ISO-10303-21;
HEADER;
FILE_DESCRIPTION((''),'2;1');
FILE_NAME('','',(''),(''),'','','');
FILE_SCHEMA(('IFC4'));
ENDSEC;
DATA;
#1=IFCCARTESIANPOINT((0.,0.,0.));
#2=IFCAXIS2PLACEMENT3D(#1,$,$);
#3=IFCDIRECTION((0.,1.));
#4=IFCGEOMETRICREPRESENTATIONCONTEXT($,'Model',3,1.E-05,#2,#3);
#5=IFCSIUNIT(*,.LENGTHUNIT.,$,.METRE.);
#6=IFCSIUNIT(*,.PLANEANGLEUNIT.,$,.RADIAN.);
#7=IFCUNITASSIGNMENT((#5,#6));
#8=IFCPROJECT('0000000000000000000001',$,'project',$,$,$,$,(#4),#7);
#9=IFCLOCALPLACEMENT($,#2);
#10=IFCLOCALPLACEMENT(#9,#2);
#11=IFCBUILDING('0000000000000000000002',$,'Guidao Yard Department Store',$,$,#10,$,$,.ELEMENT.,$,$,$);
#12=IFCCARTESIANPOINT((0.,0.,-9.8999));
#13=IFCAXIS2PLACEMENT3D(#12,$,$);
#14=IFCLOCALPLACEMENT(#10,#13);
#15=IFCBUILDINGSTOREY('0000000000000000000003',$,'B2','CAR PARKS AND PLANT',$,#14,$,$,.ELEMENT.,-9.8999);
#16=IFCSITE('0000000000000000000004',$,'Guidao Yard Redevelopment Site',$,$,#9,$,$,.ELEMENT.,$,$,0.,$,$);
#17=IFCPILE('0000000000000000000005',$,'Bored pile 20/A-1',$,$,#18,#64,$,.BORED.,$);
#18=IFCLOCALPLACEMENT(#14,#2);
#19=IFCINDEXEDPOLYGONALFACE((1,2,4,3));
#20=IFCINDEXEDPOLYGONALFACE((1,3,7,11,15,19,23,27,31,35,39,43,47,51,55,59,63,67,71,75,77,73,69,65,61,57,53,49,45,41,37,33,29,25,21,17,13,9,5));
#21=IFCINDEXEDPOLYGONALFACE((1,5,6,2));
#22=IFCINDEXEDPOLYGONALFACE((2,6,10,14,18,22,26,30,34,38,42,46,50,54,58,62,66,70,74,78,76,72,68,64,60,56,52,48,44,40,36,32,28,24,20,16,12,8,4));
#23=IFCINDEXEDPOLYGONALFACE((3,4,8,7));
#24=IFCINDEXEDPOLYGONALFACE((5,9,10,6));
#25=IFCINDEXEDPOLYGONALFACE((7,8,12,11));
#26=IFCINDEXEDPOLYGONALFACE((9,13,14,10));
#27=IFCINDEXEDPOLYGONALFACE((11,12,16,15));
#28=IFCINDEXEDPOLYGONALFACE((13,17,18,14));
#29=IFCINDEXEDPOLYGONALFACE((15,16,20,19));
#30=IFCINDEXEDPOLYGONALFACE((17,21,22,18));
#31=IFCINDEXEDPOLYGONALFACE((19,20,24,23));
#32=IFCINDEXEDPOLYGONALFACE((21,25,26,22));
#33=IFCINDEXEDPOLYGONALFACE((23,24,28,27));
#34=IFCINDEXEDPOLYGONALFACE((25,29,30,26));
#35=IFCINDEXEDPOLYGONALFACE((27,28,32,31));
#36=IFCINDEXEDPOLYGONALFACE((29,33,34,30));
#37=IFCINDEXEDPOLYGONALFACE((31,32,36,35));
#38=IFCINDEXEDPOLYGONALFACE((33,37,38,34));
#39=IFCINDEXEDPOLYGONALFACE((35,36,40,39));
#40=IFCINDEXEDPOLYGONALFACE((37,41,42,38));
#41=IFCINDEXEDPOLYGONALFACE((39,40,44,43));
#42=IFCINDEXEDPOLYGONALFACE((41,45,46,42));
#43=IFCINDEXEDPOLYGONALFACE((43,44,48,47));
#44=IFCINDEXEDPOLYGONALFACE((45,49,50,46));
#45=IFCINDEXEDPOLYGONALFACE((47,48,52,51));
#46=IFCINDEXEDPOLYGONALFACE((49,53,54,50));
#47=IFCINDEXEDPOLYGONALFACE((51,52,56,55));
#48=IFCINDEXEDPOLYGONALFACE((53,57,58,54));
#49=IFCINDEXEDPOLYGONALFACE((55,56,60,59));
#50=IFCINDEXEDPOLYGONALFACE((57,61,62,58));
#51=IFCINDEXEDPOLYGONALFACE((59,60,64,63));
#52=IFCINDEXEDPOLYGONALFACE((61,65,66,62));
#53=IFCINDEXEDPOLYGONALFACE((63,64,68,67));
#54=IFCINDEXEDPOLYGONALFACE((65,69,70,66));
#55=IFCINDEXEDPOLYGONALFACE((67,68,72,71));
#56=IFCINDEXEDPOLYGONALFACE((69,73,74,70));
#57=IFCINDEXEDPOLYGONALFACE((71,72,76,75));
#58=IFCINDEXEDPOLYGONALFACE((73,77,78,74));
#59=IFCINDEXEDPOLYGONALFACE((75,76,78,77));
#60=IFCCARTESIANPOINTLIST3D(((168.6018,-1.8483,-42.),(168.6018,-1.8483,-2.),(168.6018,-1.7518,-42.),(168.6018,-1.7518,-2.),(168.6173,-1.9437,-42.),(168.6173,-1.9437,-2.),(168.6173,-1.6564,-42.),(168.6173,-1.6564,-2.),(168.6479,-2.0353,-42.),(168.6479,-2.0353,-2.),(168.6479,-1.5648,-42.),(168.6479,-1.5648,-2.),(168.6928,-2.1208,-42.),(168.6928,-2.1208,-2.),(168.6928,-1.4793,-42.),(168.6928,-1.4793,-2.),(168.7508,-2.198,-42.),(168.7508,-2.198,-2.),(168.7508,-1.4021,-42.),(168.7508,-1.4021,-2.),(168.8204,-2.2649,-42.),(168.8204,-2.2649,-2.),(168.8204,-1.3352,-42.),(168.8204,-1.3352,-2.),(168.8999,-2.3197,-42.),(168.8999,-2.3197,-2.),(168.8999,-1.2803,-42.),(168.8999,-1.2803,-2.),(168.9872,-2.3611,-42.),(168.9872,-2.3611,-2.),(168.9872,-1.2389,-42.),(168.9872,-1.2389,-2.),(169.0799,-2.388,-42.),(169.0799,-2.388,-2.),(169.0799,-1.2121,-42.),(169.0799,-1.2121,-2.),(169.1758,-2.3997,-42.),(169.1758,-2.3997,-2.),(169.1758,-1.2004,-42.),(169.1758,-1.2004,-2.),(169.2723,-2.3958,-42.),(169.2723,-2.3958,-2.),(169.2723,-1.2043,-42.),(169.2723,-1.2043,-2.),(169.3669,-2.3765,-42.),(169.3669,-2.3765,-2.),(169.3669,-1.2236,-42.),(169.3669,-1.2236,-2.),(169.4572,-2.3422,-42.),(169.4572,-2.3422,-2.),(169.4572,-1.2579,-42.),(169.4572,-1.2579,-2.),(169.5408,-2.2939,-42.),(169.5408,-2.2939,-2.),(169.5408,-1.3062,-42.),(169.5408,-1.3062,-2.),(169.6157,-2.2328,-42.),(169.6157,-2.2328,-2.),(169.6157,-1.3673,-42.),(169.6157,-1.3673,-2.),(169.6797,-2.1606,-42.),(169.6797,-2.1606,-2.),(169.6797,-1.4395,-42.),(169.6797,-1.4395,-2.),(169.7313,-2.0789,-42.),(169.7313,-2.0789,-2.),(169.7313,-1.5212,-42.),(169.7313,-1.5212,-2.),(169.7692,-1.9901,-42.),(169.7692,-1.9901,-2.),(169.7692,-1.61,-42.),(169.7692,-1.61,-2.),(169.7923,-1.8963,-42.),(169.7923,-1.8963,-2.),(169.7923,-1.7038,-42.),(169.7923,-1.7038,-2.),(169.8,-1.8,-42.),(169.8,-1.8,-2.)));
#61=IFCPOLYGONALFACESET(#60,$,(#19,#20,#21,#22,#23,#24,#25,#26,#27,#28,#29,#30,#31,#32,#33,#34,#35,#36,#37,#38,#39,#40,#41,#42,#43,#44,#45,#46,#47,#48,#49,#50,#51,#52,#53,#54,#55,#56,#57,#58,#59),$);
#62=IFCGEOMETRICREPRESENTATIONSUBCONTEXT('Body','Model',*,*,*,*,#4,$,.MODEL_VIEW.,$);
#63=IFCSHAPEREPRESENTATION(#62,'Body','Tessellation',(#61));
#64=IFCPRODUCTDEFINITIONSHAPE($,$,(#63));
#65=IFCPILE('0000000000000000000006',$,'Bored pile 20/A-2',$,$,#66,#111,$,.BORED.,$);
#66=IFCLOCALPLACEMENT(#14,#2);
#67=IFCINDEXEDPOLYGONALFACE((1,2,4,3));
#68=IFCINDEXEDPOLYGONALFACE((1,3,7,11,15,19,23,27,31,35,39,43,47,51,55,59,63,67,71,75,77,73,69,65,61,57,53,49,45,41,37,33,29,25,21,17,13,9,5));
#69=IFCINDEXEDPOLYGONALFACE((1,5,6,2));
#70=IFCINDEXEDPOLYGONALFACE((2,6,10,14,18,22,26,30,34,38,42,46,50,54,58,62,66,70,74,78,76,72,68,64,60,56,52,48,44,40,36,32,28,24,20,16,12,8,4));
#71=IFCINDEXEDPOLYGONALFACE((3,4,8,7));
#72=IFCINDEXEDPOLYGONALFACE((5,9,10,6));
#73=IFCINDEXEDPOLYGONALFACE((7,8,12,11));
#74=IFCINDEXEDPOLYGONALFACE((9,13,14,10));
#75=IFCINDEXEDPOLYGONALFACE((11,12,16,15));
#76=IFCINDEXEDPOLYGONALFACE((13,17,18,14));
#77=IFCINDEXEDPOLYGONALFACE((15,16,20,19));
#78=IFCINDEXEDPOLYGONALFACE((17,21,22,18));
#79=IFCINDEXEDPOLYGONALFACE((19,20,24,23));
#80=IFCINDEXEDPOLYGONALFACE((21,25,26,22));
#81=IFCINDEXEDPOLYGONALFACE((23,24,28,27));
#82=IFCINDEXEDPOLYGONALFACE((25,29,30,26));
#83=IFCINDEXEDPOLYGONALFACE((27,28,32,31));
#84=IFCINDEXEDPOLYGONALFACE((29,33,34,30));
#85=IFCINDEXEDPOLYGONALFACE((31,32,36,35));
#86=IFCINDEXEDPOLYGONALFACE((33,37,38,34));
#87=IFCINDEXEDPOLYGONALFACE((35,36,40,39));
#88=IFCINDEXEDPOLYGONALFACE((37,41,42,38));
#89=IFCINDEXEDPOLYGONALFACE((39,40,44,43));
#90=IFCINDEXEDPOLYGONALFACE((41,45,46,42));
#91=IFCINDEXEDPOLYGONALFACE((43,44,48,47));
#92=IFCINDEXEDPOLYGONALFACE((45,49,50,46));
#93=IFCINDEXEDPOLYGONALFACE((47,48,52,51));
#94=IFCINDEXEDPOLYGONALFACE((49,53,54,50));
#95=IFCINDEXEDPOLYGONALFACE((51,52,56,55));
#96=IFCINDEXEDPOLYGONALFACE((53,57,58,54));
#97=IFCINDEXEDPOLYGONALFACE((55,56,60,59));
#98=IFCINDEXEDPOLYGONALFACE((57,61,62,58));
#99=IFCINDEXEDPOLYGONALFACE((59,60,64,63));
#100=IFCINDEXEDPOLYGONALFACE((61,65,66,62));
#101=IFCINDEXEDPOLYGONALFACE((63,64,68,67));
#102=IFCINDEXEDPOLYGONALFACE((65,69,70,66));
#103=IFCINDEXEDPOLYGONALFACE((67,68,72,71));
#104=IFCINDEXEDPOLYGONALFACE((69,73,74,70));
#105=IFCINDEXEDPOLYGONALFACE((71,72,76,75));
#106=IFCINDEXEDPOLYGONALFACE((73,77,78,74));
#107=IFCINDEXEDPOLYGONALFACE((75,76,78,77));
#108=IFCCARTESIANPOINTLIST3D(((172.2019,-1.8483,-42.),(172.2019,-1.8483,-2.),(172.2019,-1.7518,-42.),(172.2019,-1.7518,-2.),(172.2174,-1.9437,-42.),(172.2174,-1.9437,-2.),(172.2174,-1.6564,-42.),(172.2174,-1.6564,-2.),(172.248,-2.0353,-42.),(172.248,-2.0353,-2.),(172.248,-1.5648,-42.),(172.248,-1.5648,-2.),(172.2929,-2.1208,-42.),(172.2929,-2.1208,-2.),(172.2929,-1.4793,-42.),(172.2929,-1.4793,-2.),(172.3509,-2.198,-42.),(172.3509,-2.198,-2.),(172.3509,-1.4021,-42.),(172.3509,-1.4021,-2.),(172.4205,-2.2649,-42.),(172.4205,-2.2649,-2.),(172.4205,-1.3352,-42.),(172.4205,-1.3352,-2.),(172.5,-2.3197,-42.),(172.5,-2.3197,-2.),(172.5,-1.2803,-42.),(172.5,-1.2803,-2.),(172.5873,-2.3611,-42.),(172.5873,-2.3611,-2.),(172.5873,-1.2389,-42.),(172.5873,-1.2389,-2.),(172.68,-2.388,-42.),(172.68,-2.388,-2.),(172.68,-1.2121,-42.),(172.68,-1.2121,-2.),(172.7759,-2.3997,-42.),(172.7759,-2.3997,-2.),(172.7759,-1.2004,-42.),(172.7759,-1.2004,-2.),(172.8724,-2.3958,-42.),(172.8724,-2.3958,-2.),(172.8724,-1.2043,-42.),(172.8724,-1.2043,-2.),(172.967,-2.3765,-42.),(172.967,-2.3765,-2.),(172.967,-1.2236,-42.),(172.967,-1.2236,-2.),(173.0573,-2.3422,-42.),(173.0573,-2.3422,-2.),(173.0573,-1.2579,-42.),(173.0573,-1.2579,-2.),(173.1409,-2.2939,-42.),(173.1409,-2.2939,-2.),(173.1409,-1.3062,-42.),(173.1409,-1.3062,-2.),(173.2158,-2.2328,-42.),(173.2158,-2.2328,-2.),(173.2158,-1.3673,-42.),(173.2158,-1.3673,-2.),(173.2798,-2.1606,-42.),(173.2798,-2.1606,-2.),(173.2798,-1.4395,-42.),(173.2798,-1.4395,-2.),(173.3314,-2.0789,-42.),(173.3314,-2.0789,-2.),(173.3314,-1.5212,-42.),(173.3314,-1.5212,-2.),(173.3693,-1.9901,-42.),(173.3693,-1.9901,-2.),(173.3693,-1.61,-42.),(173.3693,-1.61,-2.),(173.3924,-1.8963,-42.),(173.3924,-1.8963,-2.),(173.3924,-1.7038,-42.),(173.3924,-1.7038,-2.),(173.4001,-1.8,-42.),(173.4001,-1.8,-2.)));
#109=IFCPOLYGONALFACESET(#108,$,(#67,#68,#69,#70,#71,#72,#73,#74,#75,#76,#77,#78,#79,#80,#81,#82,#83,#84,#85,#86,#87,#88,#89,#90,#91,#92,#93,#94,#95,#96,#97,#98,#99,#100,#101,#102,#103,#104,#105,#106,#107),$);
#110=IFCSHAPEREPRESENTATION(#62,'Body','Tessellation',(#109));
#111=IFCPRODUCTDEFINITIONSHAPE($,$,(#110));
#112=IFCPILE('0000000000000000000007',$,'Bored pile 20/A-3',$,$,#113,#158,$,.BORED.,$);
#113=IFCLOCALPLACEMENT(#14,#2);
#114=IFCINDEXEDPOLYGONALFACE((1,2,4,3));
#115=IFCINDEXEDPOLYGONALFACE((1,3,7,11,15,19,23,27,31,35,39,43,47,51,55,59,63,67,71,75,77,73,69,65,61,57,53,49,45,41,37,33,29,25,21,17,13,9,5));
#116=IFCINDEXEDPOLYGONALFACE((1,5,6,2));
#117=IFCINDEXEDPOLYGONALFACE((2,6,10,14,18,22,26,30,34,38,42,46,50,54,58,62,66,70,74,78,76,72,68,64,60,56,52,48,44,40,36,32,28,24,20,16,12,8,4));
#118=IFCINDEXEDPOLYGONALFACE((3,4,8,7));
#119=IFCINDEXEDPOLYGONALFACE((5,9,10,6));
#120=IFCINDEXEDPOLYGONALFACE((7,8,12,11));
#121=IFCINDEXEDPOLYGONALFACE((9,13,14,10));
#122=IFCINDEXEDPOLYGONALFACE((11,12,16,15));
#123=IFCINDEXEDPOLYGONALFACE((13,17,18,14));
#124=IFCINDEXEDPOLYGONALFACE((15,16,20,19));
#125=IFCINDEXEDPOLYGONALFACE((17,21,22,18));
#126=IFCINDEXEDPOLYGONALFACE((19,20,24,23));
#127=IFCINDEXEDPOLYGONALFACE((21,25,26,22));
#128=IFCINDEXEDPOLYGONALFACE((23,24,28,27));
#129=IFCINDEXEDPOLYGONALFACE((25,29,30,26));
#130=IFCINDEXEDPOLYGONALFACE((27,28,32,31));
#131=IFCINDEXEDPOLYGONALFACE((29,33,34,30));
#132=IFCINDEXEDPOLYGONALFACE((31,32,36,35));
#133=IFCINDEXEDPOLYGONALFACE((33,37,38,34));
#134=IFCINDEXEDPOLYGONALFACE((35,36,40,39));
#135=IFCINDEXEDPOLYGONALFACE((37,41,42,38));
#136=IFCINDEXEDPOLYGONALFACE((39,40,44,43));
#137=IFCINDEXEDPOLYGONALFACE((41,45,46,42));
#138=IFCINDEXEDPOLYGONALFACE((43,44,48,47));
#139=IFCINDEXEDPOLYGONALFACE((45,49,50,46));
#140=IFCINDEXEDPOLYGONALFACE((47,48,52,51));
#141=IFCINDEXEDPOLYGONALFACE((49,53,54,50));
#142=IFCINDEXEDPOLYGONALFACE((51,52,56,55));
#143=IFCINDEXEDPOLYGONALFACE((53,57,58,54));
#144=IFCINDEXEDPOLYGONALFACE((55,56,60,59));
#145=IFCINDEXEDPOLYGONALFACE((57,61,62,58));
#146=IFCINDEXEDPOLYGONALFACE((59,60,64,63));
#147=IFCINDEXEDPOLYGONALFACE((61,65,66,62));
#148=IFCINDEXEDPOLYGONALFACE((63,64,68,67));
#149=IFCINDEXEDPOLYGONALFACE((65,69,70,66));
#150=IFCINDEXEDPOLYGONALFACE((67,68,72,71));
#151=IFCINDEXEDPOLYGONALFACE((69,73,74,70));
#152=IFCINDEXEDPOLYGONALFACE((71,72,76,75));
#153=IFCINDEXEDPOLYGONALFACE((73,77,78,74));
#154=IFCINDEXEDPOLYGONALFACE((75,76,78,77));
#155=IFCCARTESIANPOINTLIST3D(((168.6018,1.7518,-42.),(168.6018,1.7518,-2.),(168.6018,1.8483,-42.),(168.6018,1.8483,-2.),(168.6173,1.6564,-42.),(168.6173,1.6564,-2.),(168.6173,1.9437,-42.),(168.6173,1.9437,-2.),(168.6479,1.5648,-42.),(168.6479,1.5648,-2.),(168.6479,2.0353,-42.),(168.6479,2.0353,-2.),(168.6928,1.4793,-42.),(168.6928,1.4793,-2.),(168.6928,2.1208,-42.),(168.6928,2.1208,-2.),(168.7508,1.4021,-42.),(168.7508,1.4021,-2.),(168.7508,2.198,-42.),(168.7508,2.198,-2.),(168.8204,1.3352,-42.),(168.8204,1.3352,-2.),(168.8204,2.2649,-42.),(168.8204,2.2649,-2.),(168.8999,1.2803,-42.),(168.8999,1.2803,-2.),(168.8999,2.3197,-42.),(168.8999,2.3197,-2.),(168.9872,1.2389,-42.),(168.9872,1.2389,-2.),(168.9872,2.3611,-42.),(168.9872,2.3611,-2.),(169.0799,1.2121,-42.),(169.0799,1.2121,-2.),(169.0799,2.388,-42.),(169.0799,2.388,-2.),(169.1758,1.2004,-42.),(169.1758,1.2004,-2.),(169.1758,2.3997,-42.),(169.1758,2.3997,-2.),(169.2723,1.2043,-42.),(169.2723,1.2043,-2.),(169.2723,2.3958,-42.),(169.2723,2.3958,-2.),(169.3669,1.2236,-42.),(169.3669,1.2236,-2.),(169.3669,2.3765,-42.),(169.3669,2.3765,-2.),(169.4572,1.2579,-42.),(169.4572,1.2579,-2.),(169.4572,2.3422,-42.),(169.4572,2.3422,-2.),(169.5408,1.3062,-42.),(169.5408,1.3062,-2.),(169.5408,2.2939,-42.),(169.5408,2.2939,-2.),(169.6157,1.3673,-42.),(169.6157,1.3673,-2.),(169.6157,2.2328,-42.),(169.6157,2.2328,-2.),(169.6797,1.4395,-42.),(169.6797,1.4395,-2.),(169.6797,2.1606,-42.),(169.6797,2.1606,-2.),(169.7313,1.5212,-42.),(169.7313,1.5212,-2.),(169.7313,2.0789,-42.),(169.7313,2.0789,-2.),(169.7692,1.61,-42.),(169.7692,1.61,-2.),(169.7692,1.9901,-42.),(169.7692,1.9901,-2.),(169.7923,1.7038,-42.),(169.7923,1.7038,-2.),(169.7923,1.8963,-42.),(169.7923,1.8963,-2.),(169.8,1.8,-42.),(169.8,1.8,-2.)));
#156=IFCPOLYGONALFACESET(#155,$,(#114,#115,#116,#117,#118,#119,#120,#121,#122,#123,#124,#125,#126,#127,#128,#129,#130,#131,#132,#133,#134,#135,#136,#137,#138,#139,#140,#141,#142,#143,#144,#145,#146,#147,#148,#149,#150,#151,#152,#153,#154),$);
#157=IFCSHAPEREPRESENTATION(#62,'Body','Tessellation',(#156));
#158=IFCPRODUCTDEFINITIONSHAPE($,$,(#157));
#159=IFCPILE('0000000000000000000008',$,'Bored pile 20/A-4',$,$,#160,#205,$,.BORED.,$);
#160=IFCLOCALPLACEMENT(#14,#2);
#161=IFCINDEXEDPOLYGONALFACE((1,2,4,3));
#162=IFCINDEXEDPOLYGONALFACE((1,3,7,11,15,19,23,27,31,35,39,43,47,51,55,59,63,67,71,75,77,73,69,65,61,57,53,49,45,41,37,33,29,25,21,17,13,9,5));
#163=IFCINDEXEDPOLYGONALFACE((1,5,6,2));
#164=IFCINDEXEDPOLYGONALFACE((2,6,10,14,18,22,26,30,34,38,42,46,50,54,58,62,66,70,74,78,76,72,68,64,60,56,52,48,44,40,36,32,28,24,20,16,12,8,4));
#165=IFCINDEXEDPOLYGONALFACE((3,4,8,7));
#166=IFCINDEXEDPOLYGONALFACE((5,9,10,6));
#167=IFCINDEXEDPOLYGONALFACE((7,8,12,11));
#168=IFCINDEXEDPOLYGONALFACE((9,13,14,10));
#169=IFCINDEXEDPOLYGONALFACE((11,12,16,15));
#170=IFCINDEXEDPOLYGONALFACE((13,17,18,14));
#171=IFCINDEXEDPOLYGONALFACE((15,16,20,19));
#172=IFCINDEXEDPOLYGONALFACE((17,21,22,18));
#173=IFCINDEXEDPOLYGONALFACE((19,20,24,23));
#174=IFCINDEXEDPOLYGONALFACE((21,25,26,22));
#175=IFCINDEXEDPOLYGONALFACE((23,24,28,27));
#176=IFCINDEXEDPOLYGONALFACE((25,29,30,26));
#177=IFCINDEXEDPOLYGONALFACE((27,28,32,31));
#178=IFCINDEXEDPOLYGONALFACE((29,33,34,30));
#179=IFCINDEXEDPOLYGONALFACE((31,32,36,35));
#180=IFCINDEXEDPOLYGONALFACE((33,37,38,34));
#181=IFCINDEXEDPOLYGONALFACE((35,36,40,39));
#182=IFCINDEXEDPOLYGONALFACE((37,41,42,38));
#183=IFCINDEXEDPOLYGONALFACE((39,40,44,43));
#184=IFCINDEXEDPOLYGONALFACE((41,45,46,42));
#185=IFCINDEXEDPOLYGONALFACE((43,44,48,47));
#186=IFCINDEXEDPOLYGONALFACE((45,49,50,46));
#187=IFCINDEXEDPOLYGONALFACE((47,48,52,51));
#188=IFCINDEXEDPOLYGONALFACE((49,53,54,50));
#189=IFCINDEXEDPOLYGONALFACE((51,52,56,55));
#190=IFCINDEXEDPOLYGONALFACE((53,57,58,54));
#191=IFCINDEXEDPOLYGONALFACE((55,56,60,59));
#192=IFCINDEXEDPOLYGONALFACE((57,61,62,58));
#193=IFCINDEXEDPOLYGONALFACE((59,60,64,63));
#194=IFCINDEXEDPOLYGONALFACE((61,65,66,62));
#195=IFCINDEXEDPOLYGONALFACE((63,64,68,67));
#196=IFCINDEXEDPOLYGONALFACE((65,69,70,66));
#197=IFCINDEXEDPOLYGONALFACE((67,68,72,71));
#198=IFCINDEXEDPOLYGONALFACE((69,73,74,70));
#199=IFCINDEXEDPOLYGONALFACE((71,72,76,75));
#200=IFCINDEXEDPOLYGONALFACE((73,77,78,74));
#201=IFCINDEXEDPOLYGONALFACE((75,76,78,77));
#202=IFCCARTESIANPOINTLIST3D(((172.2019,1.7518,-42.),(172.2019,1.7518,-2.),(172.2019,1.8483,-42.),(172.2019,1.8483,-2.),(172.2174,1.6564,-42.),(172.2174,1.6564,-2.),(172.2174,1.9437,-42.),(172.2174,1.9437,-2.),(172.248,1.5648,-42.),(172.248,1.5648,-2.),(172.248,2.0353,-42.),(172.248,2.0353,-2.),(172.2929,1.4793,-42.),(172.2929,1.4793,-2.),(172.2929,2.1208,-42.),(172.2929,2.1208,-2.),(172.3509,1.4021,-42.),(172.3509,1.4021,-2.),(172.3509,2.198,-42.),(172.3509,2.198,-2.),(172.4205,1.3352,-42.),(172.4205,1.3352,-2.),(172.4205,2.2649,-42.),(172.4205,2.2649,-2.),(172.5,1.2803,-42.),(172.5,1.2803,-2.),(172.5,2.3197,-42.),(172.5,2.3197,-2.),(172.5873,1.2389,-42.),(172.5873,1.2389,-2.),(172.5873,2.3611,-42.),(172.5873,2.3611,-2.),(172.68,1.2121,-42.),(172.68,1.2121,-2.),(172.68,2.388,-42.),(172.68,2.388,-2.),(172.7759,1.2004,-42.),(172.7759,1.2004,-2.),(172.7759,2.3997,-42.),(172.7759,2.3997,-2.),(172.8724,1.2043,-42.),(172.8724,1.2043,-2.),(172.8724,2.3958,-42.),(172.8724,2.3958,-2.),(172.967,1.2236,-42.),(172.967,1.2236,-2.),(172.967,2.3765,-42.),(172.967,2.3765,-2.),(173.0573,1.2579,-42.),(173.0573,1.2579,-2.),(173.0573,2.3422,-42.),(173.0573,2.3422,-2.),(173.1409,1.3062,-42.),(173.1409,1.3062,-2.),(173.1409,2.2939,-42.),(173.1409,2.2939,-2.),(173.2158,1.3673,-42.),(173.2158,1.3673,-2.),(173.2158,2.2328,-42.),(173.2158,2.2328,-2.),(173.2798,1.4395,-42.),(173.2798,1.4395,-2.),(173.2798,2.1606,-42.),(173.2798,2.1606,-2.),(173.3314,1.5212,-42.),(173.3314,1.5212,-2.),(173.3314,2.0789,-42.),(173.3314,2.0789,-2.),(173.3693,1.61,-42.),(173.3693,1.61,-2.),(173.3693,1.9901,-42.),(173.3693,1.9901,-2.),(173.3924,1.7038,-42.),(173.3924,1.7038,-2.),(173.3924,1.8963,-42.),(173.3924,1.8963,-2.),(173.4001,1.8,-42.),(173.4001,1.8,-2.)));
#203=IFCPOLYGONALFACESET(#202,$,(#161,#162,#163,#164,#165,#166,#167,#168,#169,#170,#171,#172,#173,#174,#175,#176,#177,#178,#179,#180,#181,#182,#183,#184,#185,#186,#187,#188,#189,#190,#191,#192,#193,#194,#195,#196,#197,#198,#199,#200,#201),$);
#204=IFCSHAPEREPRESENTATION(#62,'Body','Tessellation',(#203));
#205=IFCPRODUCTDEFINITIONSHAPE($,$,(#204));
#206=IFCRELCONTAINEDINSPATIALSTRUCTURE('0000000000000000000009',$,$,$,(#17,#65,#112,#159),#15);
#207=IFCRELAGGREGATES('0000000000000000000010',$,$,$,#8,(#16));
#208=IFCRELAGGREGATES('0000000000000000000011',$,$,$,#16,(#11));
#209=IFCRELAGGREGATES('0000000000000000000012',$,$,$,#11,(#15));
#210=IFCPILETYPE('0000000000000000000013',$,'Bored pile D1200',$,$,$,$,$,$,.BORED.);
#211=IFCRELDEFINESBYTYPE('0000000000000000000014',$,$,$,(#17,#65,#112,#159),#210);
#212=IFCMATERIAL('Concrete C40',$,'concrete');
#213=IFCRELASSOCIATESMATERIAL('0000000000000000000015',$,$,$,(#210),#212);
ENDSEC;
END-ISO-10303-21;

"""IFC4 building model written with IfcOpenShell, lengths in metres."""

from ifc_helpers import new_model, si_unit, direction, frame, origin, origin_2d, place, context, subcontext, project, spatial, circle, extrude, material, material_profile, profile_set, type_object, element, save


model = new_model("IFC4")

# Units and contexts
model_context = context("Model", 3, precision=1e-05, world=origin(), true_north=direction((0.0, 1.0)))
body_context = subcontext(model_context, "Body", "Model", "MODEL_VIEW")
ifc_project = project(units=[si_unit("LENGTHUNIT", "METRE"), si_unit("PLANEANGLEUNIT", "RADIAN")], contexts=[model_context])

# Site, building, storey
site_placement = place(None, origin())
site = spatial("IfcSite", under=ifc_project, at=site_placement, Name="Guidao Yard Redevelopment Site", CompositionType="ELEMENT", RefElevation=0.0)
building_placement = place(site_placement, origin())
building = spatial("IfcBuilding", under=site, at=building_placement, Name="Guidao Yard Department Store", CompositionType="ELEMENT")
storey_placement = place(building_placement, frame((0.0, 0.0, -9.8999)))
storey = spatial("IfcBuildingStorey", under=building, at=storey_placement, Name="B2", Description="CAR PARKS AND PLANT", CompositionType="ELEMENT", Elevation=-9.8999)

# Piles
ifc_material_1 = material(Name="Concrete C40", Category="concrete")
ifc_material_profile_1 = material_profile(ifc_material_1, circle(Radius=0.6001, at=origin_2d()), Name="Bored pile D1200")
ifc_profile_set_1 = profile_set([ifc_material_profile_1], Name="Concrete C40")
pile_type = type_object("IfcPileType", Name="Bored pile D1200", PredefinedType="BORED", material=ifc_profile_set_1)
for number, where, z_axis, x_axis, name in (
    (1, (169.2, -1.8, -2.0), (0.0, 0.0, -1.0), (1.0, 0.0, 0.0), "Bored pile 20/A-1"),
    (2, (172.8, -1.8, -2.0), (0.0, 0.0, -1.0), (1.0, 0.0, 0.0), "Bored pile 20/A-2"),
    (3, (169.2, 1.8, -2.0), (0.0, 0.0, -1.0), (1.0, 0.0, 0.0), "Bored pile 20/A-3"),
    (4, (172.8, 1.8, -2.0), (0.0, 0.0, -1.0), (1.0, 0.0, 0.0), "Bored pile 20/A-4"),
):
    element("IfcPile", number, at=place(storey_placement, frame(where, z_axis=z_axis, x_axis=x_axis)), inside=storey, type_object=pile_type, Name=name, PredefinedType="BORED", context=body_context, shape_type="SweptSolid", body=[
        extrude(circle(Radius=0.6001, at=origin_2d()), origin(), (0.0, 0.0, 1.0), 40.0),
    ])

save(model, "model.ifc")
